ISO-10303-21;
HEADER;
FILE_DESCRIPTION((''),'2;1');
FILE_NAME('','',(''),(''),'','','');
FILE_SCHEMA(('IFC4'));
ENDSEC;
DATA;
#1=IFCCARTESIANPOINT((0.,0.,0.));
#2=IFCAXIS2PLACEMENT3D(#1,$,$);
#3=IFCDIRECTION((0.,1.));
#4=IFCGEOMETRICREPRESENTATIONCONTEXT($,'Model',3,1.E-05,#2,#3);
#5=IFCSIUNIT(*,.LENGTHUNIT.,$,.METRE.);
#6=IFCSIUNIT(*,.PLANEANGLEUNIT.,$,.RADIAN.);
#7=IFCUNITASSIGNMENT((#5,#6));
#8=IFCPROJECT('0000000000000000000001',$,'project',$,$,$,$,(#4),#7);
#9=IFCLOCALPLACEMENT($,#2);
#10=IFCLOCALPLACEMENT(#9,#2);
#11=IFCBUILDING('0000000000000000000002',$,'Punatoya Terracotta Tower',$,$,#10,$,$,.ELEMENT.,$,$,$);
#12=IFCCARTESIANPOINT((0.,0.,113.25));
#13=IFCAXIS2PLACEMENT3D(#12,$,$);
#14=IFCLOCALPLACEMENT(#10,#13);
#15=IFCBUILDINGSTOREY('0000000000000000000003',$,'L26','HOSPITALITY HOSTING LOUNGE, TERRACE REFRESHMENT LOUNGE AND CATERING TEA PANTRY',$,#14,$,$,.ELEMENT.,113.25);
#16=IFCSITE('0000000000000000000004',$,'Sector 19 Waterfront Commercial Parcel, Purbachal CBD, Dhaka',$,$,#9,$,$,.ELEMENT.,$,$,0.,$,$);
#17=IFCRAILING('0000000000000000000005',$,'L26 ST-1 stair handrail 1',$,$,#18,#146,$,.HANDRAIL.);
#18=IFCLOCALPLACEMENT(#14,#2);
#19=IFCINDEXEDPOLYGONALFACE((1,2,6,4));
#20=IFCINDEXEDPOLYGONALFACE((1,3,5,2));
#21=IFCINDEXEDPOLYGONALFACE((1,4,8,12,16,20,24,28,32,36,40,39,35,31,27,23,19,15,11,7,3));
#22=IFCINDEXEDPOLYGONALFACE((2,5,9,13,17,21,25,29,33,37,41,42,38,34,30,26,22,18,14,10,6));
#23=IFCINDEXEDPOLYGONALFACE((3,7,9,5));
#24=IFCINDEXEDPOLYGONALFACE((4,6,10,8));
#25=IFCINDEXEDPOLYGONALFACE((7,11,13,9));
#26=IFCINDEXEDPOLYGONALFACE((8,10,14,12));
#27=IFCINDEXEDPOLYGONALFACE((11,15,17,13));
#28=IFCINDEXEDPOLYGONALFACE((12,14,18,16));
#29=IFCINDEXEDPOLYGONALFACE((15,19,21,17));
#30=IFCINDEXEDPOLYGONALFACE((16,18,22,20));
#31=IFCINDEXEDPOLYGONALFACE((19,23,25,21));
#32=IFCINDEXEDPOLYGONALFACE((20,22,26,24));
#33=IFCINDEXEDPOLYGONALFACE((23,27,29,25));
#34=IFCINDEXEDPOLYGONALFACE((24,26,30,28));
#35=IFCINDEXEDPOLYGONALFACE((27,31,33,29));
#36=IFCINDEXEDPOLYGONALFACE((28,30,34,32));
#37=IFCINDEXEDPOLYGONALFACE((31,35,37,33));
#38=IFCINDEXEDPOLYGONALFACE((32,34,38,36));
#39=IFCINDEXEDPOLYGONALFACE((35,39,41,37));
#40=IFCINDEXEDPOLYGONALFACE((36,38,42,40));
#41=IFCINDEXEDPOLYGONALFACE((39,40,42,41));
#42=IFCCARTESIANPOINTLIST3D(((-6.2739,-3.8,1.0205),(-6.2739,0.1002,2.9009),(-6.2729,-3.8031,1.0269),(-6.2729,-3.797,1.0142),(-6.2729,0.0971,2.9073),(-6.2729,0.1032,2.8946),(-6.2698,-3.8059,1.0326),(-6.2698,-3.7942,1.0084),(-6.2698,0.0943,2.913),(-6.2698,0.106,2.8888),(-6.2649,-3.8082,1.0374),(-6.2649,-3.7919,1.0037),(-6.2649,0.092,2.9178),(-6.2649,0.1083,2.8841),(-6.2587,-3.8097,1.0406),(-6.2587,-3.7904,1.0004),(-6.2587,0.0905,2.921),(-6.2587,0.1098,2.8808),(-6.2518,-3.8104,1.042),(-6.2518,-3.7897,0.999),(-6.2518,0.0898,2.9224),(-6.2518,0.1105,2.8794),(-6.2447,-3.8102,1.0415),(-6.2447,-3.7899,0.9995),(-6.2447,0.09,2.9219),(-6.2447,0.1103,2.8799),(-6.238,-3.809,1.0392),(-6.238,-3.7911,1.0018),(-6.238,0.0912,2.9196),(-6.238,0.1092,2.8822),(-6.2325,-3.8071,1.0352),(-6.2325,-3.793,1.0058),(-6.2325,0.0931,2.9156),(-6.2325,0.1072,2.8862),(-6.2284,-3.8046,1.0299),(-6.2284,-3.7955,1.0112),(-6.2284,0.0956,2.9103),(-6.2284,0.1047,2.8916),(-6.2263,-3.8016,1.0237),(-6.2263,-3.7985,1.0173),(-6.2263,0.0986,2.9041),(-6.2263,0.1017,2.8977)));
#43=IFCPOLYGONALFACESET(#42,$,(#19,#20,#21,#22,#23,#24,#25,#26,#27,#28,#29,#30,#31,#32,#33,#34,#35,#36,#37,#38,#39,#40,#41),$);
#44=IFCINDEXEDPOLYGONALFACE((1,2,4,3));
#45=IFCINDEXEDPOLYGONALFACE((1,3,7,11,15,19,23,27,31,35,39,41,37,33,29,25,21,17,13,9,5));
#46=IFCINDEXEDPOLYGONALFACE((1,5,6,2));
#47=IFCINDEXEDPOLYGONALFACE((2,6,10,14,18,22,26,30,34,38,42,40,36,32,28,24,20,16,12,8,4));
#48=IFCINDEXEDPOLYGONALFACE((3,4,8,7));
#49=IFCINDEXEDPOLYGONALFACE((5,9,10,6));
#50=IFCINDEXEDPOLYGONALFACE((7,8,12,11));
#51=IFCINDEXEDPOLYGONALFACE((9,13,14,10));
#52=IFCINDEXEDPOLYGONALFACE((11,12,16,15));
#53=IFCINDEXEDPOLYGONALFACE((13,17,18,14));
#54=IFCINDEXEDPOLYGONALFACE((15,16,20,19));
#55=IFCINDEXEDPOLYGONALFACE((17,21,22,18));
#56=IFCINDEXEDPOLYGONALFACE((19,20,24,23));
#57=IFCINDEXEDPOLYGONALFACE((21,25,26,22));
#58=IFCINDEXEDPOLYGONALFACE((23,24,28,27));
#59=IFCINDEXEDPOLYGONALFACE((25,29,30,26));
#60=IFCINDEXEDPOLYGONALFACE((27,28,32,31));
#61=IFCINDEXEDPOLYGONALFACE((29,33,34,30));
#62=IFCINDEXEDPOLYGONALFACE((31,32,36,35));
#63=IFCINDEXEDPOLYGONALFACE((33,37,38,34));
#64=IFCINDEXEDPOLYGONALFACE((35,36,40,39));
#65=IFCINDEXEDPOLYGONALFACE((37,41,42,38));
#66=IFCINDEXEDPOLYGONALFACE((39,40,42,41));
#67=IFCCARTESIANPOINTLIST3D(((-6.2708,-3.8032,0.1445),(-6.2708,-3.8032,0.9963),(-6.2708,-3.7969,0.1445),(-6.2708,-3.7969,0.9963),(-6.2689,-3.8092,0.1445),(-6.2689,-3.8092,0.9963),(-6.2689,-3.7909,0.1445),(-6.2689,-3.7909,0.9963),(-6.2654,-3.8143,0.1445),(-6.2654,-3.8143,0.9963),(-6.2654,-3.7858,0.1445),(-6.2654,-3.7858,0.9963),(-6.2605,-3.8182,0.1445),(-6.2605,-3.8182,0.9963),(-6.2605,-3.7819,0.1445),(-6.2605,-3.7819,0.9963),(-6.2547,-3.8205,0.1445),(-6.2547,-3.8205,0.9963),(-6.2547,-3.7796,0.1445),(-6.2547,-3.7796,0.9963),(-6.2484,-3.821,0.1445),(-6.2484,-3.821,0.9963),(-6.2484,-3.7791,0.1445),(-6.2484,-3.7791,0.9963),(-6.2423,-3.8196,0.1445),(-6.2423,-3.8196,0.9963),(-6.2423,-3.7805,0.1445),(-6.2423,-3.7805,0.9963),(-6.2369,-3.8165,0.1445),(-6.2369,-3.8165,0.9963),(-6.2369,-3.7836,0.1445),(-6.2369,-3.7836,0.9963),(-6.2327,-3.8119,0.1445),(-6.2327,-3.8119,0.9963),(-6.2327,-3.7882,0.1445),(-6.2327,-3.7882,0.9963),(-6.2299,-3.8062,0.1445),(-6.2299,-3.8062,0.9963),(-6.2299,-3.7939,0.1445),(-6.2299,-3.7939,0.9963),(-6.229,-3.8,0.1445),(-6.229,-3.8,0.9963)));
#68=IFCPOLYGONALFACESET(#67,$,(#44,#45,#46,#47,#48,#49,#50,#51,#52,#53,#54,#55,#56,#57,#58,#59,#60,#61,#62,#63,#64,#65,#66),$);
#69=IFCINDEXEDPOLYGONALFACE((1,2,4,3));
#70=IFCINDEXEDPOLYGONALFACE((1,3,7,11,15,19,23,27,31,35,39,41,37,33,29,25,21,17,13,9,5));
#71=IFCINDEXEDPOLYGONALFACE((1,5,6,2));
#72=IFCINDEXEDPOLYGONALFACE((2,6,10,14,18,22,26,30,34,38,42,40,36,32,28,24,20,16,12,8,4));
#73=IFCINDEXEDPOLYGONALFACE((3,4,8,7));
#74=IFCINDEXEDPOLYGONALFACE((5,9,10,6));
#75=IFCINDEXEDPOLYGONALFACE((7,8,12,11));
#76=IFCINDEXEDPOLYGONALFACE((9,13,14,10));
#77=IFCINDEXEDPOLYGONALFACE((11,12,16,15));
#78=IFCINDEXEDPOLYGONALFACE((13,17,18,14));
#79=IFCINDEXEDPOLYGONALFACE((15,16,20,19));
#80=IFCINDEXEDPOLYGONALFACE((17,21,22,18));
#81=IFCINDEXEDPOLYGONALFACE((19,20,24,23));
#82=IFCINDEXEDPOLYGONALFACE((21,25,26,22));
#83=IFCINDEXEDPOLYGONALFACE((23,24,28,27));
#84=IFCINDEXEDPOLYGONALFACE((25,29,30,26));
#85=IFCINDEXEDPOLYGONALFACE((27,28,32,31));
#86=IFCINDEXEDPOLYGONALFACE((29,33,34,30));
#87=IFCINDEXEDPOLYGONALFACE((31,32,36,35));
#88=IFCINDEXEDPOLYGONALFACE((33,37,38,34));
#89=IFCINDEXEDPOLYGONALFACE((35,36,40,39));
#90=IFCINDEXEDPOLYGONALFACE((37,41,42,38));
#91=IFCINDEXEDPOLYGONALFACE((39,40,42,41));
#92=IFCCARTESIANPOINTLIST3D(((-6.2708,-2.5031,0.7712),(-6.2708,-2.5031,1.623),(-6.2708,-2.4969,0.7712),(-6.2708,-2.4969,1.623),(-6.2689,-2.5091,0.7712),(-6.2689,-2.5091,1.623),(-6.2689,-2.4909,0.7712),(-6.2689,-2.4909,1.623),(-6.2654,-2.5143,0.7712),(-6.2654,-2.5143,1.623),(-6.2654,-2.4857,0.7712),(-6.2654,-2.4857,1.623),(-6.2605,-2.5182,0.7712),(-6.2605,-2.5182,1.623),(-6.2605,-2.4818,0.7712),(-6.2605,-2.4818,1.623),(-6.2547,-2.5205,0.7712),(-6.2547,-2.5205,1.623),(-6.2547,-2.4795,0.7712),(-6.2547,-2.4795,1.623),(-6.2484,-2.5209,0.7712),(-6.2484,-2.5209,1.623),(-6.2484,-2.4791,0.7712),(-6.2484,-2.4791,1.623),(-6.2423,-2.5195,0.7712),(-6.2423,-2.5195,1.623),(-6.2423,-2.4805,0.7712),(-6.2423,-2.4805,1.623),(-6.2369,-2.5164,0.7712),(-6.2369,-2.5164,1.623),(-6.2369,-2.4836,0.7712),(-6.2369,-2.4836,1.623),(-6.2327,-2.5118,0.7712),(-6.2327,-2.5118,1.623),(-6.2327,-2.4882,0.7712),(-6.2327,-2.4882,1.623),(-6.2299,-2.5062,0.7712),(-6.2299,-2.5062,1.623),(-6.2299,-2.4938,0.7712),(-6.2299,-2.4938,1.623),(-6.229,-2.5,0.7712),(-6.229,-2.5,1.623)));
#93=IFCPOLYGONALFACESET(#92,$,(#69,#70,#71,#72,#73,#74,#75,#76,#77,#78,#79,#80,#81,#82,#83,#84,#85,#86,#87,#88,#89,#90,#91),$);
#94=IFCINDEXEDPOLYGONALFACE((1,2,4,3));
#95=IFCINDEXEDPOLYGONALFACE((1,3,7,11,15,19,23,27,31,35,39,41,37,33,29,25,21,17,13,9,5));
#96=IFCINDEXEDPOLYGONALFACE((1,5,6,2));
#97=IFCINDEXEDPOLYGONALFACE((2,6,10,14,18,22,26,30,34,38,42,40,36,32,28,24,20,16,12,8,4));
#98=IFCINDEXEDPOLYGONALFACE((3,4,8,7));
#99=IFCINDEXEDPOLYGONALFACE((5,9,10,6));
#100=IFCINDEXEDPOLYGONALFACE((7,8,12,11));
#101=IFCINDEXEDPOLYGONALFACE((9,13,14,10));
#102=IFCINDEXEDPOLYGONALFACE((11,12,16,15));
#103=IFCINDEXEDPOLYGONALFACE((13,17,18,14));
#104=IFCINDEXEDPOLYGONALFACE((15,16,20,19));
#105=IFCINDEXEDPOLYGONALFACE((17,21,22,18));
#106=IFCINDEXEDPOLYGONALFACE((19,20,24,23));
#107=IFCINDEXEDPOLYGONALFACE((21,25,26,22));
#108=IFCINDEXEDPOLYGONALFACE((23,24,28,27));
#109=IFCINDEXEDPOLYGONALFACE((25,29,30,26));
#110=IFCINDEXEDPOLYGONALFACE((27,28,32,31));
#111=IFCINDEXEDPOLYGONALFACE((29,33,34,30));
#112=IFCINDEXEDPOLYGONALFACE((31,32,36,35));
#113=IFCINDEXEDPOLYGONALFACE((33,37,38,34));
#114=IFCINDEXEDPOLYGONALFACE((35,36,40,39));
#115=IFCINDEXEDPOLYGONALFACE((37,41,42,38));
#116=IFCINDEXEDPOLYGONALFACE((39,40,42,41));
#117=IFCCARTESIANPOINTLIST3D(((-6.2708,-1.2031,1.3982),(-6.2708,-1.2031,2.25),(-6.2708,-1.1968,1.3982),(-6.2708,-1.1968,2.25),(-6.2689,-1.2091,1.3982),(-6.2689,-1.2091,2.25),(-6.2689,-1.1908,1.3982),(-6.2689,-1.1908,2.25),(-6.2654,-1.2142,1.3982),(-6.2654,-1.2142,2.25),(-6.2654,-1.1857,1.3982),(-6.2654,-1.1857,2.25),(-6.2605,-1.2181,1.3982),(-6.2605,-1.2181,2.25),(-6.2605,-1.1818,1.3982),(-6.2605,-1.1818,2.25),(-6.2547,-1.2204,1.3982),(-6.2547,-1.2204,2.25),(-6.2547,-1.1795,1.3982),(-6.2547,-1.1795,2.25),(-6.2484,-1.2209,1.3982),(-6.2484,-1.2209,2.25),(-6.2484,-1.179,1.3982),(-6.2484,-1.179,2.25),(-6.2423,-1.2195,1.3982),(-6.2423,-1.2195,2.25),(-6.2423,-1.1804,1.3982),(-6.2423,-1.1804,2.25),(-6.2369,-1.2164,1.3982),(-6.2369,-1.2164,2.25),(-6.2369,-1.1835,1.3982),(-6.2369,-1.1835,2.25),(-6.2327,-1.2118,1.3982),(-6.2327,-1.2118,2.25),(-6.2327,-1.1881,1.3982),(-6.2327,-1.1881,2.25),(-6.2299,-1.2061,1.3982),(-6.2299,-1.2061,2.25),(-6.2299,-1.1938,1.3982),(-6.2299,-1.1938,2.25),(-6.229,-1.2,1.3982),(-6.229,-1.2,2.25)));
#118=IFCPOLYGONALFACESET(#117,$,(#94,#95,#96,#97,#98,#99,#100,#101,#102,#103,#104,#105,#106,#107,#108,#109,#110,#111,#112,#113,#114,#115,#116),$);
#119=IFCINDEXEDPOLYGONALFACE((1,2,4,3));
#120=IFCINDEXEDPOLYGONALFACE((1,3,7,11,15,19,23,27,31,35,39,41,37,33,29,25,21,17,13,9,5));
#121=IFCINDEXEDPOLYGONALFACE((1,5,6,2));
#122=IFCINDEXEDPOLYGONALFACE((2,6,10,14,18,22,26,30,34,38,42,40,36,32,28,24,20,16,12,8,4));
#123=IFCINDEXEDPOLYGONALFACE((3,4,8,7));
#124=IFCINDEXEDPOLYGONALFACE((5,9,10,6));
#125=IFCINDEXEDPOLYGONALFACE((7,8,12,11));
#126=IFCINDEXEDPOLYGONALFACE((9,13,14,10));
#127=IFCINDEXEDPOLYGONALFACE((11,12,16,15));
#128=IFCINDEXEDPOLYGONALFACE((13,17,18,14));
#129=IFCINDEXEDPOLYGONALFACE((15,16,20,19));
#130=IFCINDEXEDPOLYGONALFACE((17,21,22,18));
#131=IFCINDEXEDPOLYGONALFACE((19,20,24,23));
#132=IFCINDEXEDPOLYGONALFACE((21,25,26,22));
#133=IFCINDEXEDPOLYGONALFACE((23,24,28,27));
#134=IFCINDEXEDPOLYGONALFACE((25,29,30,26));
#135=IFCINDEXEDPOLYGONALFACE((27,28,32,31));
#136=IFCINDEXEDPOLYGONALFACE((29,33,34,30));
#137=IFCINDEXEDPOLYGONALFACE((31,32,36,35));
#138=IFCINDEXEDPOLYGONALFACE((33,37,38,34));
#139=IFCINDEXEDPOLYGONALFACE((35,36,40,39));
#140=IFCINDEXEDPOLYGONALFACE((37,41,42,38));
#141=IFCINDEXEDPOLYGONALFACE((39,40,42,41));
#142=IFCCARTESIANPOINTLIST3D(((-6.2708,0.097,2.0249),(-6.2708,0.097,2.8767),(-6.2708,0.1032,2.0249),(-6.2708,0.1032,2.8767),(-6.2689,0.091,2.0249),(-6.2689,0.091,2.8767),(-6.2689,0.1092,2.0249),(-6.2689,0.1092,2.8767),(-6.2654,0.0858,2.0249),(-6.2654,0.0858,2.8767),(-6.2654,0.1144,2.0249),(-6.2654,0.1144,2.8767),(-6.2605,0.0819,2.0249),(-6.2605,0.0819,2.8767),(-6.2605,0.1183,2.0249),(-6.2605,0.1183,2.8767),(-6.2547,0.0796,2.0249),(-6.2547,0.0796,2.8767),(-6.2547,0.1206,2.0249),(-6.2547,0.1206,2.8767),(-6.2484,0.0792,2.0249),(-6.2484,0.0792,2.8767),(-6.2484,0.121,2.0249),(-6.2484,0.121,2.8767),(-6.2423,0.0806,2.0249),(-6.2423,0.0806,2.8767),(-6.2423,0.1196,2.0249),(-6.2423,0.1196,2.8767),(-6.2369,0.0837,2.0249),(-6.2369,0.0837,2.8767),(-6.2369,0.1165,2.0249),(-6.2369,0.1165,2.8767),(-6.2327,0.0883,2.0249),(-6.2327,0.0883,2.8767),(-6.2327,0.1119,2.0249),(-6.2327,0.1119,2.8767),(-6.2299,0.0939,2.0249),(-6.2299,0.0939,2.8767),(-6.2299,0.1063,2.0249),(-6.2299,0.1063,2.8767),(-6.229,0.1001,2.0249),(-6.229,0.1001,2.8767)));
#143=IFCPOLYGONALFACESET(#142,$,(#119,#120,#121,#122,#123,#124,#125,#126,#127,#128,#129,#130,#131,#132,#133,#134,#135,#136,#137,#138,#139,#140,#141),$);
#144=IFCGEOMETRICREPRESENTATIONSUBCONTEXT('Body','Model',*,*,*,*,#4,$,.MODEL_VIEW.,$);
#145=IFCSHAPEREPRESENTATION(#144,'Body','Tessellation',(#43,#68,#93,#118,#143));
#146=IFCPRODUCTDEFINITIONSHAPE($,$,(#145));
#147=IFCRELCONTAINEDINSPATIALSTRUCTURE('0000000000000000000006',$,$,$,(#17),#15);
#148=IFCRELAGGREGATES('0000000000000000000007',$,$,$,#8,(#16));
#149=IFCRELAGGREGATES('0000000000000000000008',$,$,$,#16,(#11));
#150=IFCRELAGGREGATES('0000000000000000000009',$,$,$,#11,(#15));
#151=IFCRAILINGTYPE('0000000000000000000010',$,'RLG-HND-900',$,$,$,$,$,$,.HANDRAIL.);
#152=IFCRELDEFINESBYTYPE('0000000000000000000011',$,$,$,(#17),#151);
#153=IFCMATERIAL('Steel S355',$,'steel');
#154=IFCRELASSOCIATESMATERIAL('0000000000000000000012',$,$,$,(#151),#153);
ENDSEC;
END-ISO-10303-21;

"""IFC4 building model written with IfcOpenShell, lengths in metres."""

from ifc_helpers import new_model, si_unit, direction, frame, origin, origin_2d, place, context, subcontext, project, spatial, circle, extrude, material, type_object, element, save


model = new_model("IFC4")

# Units and contexts
model_context = context("Model", 3, precision=1e-05, world=origin(), true_north=direction((0.0, 1.0)))
body_context = subcontext(model_context, "Body", "Model", "MODEL_VIEW")
ifc_project = project(units=[si_unit("LENGTHUNIT", "METRE"), si_unit("PLANEANGLEUNIT", "RADIAN")], contexts=[model_context])

# Site, building, storey
site_placement = place(None, origin())
site = spatial("IfcSite", under=ifc_project, at=site_placement, Name="Sector 19 Waterfront Commercial Parcel, Purbachal CBD, Dhaka", CompositionType="ELEMENT", RefElevation=0.0)
building_placement = place(site_placement, origin())
building = spatial("IfcBuilding", under=site, at=building_placement, Name="Punatoya Terracotta Tower", CompositionType="ELEMENT")
storey_placement = place(building_placement, frame((0.0, 0.0, 113.25)))
storey = spatial("IfcBuildingStorey", under=building, at=storey_placement, Name="L26", Description="HOSPITALITY HOSTING LOUNGE, TERRACE REFRESHMENT LOUNGE AND CATERING TEA PANTRY", CompositionType="ELEMENT", Elevation=113.25)

# Shared definitions
ifc_material_1 = material(Name="Steel S355", Category="steel")

# Railing
railing_type_1 = type_object("IfcRailingType", Name="RLG-HND-900", PredefinedType="HANDRAIL", material=ifc_material_1)
railing_1_placement = place(storey_placement, frame((-6.25, -3.8, 0.1445)))
element("IfcRailing", 1, at=railing_1_placement, inside=storey, type_object=railing_type_1, Name="L26 ST-1 stair handrail 1", PredefinedType="HANDRAIL", context=body_context, shape_type="SweptSolid", body=[
    extrude(circle(Radius=0.0239, at=origin_2d()), frame((0.0, 0.0, 0.876), z_axis=(0.0, 0.900774, 0.434289), x_axis=(-1.0, 0.0, 0.0)), (0.0, 0.0, 1.0), 4.3298),
    extrude(circle(Radius=0.021, at=origin_2d()), origin(), (0.0, 0.0, 1.0), 0.8518),
    extrude(circle(Radius=0.021, at=origin_2d()), frame((0.0, 1.3, 0.6267)), (0.0, 0.0, 1.0), 0.8518),
    extrude(circle(Radius=0.021, at=origin_2d()), frame((0.0, 2.6001, 1.2537)), (0.0, 0.0, 1.0), 0.8518),
    extrude(circle(Radius=0.021, at=origin_2d()), frame((0.0, 3.9001, 1.8804)), (0.0, 0.0, 1.0), 0.8518),
])

save(model, "model.ifc")
